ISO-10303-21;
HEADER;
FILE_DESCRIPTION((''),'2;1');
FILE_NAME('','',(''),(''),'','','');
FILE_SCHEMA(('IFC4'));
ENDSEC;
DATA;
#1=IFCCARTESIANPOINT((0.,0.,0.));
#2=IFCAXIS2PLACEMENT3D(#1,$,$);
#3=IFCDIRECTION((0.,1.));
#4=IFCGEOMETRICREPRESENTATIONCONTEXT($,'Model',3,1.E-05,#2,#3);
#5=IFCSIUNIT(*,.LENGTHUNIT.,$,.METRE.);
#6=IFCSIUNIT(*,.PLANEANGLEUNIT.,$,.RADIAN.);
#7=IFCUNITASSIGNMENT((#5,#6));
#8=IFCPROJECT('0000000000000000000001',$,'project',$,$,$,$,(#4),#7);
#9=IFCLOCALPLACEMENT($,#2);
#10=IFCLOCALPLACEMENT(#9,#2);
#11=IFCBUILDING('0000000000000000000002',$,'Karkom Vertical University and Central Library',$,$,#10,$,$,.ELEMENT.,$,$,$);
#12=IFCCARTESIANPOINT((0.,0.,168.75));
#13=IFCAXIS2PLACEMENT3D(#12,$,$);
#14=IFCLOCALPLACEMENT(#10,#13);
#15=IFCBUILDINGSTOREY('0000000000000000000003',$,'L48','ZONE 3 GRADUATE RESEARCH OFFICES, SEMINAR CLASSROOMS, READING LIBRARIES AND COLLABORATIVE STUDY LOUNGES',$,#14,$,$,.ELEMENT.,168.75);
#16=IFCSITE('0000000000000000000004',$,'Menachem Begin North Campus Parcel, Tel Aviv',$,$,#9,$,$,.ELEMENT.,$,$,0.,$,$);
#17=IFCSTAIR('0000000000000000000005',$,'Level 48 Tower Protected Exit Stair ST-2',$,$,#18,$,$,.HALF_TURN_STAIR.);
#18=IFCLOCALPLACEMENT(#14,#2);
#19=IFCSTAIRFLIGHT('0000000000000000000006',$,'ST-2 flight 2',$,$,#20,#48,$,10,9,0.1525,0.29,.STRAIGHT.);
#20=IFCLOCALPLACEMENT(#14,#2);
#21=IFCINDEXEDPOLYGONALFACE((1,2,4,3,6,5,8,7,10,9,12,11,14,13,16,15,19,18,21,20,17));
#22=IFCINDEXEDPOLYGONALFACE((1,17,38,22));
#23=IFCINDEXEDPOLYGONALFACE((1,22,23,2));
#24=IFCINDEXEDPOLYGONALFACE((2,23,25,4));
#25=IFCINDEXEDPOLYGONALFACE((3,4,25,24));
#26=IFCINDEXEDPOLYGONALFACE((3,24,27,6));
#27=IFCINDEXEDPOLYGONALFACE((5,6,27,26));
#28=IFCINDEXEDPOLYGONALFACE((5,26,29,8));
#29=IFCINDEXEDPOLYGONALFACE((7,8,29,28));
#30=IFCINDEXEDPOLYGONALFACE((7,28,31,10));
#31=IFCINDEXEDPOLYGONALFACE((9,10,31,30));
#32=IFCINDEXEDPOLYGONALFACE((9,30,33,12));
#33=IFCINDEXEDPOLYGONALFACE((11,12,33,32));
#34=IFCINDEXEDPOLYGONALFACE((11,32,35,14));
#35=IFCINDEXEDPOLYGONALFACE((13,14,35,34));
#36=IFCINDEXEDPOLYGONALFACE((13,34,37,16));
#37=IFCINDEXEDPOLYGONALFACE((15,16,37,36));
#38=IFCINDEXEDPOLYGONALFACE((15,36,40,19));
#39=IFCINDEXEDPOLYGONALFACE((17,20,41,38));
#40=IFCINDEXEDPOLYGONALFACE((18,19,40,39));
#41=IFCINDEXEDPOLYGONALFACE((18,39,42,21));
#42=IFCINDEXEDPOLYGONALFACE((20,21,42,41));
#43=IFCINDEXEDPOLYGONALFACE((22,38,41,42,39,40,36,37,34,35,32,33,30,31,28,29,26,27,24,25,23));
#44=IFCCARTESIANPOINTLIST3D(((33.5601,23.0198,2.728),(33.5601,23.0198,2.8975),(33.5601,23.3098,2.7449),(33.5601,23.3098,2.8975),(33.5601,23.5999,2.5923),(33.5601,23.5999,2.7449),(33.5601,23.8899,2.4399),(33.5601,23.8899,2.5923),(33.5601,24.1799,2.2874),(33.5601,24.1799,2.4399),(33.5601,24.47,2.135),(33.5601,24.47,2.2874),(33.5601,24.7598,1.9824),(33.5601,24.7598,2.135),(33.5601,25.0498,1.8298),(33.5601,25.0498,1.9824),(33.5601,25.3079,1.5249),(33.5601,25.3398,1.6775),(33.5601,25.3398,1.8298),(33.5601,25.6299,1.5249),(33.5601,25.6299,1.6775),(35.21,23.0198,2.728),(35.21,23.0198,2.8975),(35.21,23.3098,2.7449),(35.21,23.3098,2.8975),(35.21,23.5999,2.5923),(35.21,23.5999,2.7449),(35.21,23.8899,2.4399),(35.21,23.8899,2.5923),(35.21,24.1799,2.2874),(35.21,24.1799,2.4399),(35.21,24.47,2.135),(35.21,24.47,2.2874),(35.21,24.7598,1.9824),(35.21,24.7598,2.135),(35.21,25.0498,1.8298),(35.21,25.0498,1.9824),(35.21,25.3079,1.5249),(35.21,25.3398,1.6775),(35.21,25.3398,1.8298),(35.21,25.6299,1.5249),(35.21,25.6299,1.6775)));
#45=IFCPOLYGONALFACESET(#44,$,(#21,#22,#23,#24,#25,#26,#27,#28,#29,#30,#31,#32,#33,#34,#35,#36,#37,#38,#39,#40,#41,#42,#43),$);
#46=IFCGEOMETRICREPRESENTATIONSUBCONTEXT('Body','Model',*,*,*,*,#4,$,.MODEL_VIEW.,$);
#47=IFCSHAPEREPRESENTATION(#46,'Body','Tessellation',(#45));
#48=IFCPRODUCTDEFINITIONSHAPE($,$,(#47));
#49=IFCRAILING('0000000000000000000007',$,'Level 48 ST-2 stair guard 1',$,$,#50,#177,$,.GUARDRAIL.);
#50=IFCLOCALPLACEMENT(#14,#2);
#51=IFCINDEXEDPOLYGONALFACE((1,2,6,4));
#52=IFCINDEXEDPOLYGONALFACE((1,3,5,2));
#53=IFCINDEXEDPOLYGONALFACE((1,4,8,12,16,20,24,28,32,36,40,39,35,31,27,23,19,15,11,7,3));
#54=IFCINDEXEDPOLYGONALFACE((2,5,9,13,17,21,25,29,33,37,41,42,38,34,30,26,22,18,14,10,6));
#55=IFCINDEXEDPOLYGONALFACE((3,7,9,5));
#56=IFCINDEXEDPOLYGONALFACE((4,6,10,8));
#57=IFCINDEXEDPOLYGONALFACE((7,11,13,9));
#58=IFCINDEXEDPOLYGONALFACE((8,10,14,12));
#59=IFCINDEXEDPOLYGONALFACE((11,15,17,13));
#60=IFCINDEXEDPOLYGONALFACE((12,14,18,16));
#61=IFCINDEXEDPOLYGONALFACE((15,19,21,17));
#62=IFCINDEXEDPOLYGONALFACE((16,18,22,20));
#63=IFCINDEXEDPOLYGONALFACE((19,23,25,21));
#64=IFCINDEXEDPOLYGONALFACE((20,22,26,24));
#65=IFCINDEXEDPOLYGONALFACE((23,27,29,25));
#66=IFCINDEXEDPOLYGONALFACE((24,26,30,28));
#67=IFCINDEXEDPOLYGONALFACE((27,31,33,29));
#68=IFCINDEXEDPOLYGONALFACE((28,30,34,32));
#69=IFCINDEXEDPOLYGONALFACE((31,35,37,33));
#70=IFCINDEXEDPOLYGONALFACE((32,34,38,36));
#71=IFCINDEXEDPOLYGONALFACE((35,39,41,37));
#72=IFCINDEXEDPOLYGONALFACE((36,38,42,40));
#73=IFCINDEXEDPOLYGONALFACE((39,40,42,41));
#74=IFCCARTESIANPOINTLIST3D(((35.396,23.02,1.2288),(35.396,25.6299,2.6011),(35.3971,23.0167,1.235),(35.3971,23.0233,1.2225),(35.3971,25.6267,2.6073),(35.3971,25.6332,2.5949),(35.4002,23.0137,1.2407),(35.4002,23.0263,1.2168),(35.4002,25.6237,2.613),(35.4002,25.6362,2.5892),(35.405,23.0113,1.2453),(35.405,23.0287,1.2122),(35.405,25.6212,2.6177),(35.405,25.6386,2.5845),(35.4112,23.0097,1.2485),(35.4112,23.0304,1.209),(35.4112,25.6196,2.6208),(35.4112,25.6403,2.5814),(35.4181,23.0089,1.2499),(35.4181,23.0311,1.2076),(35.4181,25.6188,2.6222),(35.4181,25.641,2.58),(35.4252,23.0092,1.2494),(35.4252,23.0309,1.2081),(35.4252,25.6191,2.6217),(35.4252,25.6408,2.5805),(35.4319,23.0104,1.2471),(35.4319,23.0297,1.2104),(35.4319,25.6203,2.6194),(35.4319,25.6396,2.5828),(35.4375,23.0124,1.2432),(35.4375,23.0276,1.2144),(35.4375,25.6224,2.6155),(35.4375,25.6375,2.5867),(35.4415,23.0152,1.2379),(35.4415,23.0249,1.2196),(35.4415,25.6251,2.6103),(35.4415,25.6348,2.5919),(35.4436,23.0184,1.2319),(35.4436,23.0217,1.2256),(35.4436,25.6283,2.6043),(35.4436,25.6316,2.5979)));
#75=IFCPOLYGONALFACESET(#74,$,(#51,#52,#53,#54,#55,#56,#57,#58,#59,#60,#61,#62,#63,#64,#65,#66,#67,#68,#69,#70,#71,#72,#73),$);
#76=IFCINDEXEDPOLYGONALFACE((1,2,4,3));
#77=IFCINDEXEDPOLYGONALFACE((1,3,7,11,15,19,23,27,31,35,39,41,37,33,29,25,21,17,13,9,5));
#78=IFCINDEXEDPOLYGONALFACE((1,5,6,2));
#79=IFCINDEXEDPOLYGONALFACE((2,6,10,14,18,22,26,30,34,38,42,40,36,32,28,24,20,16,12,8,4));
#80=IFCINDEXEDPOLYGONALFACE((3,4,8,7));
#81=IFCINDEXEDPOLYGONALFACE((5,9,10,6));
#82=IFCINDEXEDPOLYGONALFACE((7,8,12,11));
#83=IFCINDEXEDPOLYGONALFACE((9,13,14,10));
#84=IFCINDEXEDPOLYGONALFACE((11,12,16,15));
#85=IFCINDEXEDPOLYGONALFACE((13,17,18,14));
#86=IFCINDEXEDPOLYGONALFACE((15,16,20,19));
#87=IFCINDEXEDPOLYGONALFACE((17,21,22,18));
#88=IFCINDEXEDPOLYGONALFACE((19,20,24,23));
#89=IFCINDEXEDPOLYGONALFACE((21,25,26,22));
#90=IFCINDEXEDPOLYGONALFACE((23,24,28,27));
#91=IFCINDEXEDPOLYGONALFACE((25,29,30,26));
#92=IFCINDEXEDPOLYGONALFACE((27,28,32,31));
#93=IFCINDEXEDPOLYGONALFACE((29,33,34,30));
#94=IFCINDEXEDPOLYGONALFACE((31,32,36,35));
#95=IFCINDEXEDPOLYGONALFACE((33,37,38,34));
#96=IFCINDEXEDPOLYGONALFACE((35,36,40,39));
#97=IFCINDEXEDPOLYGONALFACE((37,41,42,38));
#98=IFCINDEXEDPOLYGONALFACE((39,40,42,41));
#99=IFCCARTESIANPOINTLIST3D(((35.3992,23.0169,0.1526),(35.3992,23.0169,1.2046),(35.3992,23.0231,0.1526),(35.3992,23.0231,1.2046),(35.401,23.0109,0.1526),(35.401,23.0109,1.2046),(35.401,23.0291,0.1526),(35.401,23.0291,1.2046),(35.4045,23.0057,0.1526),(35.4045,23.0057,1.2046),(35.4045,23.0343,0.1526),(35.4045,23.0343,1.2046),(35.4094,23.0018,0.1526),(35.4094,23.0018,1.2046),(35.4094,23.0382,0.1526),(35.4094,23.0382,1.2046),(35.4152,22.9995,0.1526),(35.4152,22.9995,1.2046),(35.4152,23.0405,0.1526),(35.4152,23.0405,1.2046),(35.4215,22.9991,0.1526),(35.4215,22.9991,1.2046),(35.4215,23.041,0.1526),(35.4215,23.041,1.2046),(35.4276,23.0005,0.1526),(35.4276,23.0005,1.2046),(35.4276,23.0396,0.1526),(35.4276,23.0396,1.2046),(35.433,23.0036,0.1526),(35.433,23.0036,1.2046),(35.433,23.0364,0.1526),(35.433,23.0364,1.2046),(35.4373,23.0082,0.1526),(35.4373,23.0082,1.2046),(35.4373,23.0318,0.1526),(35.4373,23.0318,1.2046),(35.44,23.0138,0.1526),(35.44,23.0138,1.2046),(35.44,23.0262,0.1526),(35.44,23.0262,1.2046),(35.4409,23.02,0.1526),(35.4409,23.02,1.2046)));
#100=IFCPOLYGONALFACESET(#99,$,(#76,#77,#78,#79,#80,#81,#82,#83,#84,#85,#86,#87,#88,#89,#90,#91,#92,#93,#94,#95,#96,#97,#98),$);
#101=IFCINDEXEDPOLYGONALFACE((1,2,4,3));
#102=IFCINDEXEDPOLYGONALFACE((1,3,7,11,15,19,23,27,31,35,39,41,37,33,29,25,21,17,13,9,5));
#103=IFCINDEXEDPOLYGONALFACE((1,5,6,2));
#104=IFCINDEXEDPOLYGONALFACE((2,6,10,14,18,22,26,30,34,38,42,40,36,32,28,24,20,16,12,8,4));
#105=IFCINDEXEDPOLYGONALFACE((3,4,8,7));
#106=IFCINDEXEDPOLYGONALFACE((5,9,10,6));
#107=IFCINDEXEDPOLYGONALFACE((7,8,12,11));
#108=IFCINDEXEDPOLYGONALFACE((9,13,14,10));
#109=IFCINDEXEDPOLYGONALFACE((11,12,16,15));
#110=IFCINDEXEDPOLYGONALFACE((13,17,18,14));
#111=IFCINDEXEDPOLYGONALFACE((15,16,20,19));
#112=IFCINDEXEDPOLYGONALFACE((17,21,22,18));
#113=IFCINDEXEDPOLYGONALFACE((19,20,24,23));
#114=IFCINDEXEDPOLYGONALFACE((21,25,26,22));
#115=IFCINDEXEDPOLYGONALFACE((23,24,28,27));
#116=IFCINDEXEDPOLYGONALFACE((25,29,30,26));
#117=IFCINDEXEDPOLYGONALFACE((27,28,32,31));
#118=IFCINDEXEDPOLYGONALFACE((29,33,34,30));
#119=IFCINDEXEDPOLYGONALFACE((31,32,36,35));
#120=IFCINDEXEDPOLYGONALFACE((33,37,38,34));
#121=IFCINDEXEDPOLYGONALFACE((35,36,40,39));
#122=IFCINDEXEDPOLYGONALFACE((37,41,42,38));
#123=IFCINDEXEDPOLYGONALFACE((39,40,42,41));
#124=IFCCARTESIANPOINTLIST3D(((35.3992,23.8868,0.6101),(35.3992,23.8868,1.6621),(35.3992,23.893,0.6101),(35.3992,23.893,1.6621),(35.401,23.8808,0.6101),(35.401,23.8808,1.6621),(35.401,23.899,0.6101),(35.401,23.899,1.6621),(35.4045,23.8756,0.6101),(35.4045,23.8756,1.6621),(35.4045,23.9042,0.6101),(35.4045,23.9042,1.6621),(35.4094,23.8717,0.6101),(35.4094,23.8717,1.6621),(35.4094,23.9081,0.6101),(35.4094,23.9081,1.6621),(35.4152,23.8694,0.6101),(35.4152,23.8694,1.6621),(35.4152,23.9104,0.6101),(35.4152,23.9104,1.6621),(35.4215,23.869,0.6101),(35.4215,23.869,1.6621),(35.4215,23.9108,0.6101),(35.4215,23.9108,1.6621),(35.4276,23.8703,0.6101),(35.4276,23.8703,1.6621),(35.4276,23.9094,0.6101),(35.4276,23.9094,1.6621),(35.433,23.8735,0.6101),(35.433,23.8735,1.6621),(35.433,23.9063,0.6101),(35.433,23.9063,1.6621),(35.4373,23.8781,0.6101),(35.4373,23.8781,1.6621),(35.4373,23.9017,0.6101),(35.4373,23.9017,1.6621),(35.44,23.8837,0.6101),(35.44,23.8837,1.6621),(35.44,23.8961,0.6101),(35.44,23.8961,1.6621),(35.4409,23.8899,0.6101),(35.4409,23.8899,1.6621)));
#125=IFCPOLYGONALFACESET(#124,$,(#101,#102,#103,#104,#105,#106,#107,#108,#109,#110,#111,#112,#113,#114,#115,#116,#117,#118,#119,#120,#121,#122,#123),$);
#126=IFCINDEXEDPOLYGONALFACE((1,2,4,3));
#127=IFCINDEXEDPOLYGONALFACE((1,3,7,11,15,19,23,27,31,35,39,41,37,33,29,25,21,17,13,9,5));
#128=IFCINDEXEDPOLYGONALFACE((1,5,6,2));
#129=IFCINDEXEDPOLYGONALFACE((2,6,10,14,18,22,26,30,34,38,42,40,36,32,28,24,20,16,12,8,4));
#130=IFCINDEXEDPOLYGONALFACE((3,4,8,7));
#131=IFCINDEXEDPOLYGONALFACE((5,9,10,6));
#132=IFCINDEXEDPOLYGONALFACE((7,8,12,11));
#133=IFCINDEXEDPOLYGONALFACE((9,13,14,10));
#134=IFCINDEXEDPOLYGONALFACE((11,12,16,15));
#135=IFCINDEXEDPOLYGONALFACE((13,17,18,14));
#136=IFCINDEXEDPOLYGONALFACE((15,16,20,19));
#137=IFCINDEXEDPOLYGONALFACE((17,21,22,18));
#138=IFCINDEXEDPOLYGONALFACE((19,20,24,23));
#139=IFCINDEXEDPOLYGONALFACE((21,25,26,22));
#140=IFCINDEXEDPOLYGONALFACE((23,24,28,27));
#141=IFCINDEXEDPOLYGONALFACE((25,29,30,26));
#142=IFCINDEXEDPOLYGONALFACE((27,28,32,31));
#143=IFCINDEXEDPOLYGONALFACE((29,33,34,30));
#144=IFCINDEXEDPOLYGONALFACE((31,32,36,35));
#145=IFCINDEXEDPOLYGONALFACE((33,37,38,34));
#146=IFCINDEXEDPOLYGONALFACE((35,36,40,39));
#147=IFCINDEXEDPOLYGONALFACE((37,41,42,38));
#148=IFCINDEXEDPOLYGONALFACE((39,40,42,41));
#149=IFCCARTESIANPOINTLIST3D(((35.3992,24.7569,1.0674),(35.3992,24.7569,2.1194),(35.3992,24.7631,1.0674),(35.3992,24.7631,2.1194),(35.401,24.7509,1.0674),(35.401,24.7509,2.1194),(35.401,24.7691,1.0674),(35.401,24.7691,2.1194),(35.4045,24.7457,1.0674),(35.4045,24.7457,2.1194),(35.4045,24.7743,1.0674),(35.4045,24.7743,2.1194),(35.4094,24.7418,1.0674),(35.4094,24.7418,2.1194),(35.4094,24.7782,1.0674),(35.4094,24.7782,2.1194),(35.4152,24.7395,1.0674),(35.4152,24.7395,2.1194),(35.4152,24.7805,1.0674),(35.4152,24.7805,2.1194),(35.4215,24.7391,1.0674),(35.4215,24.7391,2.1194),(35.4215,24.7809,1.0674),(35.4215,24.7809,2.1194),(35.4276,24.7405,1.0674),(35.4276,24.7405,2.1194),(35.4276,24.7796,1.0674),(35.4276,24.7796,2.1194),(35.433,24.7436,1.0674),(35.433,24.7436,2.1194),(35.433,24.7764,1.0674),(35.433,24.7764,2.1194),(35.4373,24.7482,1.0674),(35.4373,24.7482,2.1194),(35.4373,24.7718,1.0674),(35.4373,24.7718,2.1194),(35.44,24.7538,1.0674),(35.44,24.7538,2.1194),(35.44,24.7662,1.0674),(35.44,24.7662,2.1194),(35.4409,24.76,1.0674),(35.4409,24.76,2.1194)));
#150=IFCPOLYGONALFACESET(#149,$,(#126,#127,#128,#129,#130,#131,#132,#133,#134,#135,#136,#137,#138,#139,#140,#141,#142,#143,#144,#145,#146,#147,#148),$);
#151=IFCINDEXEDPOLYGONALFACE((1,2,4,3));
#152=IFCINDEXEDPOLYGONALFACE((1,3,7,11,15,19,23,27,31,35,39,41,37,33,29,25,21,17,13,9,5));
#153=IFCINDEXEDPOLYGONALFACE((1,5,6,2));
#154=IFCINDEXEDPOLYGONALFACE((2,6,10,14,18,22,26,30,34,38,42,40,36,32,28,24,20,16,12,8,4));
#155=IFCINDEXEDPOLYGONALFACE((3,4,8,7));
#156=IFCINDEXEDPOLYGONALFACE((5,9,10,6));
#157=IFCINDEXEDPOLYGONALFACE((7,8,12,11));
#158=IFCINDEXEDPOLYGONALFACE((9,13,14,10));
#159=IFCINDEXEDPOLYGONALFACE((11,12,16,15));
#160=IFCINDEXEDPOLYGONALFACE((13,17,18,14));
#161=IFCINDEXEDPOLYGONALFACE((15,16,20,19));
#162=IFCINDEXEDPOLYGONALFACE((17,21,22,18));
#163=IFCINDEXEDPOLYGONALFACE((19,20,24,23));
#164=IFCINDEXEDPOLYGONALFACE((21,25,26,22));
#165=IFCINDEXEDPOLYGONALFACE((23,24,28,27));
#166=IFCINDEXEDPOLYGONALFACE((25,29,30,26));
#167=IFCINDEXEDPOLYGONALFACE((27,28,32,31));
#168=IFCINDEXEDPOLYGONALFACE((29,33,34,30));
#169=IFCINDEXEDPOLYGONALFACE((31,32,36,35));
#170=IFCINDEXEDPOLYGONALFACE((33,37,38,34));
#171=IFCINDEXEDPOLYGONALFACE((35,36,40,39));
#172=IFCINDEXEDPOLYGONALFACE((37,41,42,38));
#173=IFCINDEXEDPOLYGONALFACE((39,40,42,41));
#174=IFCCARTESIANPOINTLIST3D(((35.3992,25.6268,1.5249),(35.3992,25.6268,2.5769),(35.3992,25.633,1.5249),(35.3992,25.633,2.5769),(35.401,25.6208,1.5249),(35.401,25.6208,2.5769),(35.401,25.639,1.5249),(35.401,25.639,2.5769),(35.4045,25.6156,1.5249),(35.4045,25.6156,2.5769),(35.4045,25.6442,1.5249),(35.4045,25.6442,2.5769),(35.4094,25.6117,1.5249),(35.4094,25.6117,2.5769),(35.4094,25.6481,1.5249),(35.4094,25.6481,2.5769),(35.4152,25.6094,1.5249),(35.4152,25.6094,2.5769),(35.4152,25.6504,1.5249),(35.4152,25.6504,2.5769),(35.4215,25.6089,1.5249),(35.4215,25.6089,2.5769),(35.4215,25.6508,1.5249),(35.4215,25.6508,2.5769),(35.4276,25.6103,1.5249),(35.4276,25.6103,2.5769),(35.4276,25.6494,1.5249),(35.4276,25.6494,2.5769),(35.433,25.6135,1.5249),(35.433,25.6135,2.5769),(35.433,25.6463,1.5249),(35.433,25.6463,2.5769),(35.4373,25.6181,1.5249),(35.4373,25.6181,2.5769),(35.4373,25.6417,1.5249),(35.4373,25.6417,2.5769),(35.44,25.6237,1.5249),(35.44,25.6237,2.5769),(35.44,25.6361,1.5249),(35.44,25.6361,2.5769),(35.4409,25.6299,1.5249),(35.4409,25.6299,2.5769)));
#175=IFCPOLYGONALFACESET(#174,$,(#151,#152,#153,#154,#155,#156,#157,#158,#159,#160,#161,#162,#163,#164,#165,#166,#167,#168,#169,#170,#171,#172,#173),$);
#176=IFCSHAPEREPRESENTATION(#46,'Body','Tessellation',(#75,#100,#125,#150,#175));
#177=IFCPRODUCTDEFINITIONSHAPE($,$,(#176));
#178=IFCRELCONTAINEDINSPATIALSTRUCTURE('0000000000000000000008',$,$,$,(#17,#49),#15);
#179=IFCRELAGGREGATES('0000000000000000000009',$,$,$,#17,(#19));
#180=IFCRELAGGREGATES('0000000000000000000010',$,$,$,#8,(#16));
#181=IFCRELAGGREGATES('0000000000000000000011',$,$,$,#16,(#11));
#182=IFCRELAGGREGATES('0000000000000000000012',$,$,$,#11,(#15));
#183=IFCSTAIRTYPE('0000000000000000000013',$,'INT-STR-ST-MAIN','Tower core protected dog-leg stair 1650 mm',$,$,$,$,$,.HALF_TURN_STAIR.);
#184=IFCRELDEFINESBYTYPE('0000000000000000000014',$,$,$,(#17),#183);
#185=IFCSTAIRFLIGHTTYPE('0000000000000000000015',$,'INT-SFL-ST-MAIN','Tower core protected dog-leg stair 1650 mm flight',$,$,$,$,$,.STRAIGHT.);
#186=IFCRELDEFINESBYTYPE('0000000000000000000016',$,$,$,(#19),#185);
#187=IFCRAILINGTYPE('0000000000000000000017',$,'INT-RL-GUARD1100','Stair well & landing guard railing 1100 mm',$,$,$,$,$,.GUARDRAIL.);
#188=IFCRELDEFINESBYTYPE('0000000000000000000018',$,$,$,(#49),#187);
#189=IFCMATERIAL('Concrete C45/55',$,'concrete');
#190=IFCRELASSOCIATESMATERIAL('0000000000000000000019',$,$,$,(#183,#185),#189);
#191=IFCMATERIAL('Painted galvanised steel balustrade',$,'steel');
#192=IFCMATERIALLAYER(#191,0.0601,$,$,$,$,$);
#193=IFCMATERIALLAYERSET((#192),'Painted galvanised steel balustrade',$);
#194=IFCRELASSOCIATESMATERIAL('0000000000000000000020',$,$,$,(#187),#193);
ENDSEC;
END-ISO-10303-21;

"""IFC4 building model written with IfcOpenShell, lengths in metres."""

from ifc_helpers import new_model, si_unit, direction, frame, origin, origin_2d, place, context, subcontext, project, spatial, polyline, circle, outline, extrude, material, layer, layer_set, type_object, element, aggregate, save


model = new_model("IFC4")

# Units and contexts
model_context = context("Model", 3, precision=1e-05, world=origin(), true_north=direction((0.0, 1.0)))
body_context = subcontext(model_context, "Body", "Model", "MODEL_VIEW")
ifc_project = project(units=[si_unit("LENGTHUNIT", "METRE"), si_unit("PLANEANGLEUNIT", "RADIAN")], contexts=[model_context])

# Site, building, storey
site_placement = place(None, origin())
site = spatial("IfcSite", under=ifc_project, at=site_placement, Name="Menachem Begin North Campus Parcel, Tel Aviv", CompositionType="ELEMENT", RefElevation=0.0)
building_placement = place(site_placement, origin())
building = spatial("IfcBuilding", under=site, at=building_placement, Name="Karkom Vertical University and Central Library", CompositionType="ELEMENT")
storey_placement = place(building_placement, frame((0.0, 0.0, 168.75)))
storey = spatial("IfcBuildingStorey", under=building, at=storey_placement, Name="L48", Description="ZONE 3 GRADUATE RESEARCH OFFICES, SEMINAR CLASSROOMS, READING LIBRARIES AND COLLABORATIVE STUDY LOUNGES", CompositionType="ELEMENT", Elevation=168.75)

# Shared definitions
ifc_material_1 = material(Name="Concrete C45/55", Category="concrete")

# Stair, stair flight
stair_type = type_object("IfcStairType", Name="INT-STR-ST-MAIN", Description="Tower core protected dog-leg stair 1650 mm", PredefinedType="HALF_TURN_STAIR", material=ifc_material_1)
stair_placement = place(storey_placement, origin())
stair = element("IfcStair", 1, at=stair_placement, inside=storey, type_object=stair_type, Name="Level 48 Tower Protected Exit Stair ST-2", PredefinedType="HALF_TURN_STAIR")
stair_flight_type = type_object("IfcStairFlightType", Name="INT-SFL-ST-MAIN", Description="Tower core protected dog-leg stair 1650 mm flight", PredefinedType="STRAIGHT", material=ifc_material_1)
stair_flight_1_placement = place(storey_placement, frame((34.385, 25.6299, 1.5249), z_axis=(0.0, 0.0, 1.0), x_axis=(0.0, -1.0, 0.0)))
stair_flight_1 = element("IfcStairFlight", 2, at=stair_flight_1_placement, type_object=stair_flight_type, Name="ST-2 flight 2", NumberOfRisers=10, NumberOfTreads=9, PredefinedType="STRAIGHT", RiserHeight=0.1525, TreadLength=0.29, context=body_context, shape_type="SweptSolid", body=[
    extrude(outline(polyline([(0.0, 0.0), (0.0, 0.1526), (0.29, 0.1526), (0.29, 0.3049), (0.5801, 0.3049), (0.5801, 0.4575), (0.8701, 0.4575), (0.8701, 0.6101), (1.1599, 0.6101), (1.1599, 0.7625), (1.45, 0.7625), (1.45, 0.915), (1.74, 0.915), (1.74, 1.0674), (2.03, 1.0674), (2.03, 1.22), (2.3201, 1.22), (2.3201, 1.3726), (2.6101, 1.3726), (2.6101, 1.5249), (2.6101, 1.2031), (0.322, 0.0), (0.0, 0.0)])), frame((0.0, 0.825, 0.0), z_axis=(0.0, -1.0, 0.0), x_axis=(1.0, 0.0, 0.0)), (0.0, 0.0, 1.0), 1.6499),
])
aggregate(stair, [stair_flight_1])

# Railing
ifc_material_2 = material(Name="Painted galvanised steel balustrade", Category="steel")
ifc_layer_1 = layer(ifc_material_2, 0.0601)
ifc_layer_set_1 = layer_set([ifc_layer_1], Name="Painted galvanised steel balustrade")
railing_type_1 = type_object("IfcRailingType", Name="INT-RL-GUARD1100", Description="Stair well & landing guard railing 1100 mm", PredefinedType="GUARDRAIL", material=ifc_layer_set_1)
railing_1_placement = place(storey_placement, frame((35.4199, 23.02, 0.1526)))
element("IfcRailing", 3, at=railing_1_placement, inside=storey, type_object=railing_type_1, Name="Level 48 ST-2 stair guard 1", PredefinedType="GUARDRAIL", context=body_context, shape_type="SweptSolid", body=[
    extrude(circle(Radius=0.0239, at=origin_2d()), frame((0.0, 0.0, 1.0762), z_axis=(0.0, 0.8851, 0.465402), x_axis=(-1.0, 0.0, 0.0)), (0.0, 0.0, 1.0), 2.9487),
    extrude(circle(Radius=0.021, at=origin_2d()), origin(), (0.0, 0.0, 1.0), 1.052),
    extrude(circle(Radius=0.021, at=origin_2d()), frame((0.0, 0.8699, 0.4575)), (0.0, 0.0, 1.0), 1.052),
    extrude(circle(Radius=0.021, at=origin_2d()), frame((0.0, 1.74, 0.9148)), (0.0, 0.0, 1.0), 1.052),
    extrude(circle(Radius=0.021, at=origin_2d()), frame((0.0, 2.6099, 1.3723)), (0.0, 0.0, 1.0), 1.052),
])

save(model, "model.ifc")
